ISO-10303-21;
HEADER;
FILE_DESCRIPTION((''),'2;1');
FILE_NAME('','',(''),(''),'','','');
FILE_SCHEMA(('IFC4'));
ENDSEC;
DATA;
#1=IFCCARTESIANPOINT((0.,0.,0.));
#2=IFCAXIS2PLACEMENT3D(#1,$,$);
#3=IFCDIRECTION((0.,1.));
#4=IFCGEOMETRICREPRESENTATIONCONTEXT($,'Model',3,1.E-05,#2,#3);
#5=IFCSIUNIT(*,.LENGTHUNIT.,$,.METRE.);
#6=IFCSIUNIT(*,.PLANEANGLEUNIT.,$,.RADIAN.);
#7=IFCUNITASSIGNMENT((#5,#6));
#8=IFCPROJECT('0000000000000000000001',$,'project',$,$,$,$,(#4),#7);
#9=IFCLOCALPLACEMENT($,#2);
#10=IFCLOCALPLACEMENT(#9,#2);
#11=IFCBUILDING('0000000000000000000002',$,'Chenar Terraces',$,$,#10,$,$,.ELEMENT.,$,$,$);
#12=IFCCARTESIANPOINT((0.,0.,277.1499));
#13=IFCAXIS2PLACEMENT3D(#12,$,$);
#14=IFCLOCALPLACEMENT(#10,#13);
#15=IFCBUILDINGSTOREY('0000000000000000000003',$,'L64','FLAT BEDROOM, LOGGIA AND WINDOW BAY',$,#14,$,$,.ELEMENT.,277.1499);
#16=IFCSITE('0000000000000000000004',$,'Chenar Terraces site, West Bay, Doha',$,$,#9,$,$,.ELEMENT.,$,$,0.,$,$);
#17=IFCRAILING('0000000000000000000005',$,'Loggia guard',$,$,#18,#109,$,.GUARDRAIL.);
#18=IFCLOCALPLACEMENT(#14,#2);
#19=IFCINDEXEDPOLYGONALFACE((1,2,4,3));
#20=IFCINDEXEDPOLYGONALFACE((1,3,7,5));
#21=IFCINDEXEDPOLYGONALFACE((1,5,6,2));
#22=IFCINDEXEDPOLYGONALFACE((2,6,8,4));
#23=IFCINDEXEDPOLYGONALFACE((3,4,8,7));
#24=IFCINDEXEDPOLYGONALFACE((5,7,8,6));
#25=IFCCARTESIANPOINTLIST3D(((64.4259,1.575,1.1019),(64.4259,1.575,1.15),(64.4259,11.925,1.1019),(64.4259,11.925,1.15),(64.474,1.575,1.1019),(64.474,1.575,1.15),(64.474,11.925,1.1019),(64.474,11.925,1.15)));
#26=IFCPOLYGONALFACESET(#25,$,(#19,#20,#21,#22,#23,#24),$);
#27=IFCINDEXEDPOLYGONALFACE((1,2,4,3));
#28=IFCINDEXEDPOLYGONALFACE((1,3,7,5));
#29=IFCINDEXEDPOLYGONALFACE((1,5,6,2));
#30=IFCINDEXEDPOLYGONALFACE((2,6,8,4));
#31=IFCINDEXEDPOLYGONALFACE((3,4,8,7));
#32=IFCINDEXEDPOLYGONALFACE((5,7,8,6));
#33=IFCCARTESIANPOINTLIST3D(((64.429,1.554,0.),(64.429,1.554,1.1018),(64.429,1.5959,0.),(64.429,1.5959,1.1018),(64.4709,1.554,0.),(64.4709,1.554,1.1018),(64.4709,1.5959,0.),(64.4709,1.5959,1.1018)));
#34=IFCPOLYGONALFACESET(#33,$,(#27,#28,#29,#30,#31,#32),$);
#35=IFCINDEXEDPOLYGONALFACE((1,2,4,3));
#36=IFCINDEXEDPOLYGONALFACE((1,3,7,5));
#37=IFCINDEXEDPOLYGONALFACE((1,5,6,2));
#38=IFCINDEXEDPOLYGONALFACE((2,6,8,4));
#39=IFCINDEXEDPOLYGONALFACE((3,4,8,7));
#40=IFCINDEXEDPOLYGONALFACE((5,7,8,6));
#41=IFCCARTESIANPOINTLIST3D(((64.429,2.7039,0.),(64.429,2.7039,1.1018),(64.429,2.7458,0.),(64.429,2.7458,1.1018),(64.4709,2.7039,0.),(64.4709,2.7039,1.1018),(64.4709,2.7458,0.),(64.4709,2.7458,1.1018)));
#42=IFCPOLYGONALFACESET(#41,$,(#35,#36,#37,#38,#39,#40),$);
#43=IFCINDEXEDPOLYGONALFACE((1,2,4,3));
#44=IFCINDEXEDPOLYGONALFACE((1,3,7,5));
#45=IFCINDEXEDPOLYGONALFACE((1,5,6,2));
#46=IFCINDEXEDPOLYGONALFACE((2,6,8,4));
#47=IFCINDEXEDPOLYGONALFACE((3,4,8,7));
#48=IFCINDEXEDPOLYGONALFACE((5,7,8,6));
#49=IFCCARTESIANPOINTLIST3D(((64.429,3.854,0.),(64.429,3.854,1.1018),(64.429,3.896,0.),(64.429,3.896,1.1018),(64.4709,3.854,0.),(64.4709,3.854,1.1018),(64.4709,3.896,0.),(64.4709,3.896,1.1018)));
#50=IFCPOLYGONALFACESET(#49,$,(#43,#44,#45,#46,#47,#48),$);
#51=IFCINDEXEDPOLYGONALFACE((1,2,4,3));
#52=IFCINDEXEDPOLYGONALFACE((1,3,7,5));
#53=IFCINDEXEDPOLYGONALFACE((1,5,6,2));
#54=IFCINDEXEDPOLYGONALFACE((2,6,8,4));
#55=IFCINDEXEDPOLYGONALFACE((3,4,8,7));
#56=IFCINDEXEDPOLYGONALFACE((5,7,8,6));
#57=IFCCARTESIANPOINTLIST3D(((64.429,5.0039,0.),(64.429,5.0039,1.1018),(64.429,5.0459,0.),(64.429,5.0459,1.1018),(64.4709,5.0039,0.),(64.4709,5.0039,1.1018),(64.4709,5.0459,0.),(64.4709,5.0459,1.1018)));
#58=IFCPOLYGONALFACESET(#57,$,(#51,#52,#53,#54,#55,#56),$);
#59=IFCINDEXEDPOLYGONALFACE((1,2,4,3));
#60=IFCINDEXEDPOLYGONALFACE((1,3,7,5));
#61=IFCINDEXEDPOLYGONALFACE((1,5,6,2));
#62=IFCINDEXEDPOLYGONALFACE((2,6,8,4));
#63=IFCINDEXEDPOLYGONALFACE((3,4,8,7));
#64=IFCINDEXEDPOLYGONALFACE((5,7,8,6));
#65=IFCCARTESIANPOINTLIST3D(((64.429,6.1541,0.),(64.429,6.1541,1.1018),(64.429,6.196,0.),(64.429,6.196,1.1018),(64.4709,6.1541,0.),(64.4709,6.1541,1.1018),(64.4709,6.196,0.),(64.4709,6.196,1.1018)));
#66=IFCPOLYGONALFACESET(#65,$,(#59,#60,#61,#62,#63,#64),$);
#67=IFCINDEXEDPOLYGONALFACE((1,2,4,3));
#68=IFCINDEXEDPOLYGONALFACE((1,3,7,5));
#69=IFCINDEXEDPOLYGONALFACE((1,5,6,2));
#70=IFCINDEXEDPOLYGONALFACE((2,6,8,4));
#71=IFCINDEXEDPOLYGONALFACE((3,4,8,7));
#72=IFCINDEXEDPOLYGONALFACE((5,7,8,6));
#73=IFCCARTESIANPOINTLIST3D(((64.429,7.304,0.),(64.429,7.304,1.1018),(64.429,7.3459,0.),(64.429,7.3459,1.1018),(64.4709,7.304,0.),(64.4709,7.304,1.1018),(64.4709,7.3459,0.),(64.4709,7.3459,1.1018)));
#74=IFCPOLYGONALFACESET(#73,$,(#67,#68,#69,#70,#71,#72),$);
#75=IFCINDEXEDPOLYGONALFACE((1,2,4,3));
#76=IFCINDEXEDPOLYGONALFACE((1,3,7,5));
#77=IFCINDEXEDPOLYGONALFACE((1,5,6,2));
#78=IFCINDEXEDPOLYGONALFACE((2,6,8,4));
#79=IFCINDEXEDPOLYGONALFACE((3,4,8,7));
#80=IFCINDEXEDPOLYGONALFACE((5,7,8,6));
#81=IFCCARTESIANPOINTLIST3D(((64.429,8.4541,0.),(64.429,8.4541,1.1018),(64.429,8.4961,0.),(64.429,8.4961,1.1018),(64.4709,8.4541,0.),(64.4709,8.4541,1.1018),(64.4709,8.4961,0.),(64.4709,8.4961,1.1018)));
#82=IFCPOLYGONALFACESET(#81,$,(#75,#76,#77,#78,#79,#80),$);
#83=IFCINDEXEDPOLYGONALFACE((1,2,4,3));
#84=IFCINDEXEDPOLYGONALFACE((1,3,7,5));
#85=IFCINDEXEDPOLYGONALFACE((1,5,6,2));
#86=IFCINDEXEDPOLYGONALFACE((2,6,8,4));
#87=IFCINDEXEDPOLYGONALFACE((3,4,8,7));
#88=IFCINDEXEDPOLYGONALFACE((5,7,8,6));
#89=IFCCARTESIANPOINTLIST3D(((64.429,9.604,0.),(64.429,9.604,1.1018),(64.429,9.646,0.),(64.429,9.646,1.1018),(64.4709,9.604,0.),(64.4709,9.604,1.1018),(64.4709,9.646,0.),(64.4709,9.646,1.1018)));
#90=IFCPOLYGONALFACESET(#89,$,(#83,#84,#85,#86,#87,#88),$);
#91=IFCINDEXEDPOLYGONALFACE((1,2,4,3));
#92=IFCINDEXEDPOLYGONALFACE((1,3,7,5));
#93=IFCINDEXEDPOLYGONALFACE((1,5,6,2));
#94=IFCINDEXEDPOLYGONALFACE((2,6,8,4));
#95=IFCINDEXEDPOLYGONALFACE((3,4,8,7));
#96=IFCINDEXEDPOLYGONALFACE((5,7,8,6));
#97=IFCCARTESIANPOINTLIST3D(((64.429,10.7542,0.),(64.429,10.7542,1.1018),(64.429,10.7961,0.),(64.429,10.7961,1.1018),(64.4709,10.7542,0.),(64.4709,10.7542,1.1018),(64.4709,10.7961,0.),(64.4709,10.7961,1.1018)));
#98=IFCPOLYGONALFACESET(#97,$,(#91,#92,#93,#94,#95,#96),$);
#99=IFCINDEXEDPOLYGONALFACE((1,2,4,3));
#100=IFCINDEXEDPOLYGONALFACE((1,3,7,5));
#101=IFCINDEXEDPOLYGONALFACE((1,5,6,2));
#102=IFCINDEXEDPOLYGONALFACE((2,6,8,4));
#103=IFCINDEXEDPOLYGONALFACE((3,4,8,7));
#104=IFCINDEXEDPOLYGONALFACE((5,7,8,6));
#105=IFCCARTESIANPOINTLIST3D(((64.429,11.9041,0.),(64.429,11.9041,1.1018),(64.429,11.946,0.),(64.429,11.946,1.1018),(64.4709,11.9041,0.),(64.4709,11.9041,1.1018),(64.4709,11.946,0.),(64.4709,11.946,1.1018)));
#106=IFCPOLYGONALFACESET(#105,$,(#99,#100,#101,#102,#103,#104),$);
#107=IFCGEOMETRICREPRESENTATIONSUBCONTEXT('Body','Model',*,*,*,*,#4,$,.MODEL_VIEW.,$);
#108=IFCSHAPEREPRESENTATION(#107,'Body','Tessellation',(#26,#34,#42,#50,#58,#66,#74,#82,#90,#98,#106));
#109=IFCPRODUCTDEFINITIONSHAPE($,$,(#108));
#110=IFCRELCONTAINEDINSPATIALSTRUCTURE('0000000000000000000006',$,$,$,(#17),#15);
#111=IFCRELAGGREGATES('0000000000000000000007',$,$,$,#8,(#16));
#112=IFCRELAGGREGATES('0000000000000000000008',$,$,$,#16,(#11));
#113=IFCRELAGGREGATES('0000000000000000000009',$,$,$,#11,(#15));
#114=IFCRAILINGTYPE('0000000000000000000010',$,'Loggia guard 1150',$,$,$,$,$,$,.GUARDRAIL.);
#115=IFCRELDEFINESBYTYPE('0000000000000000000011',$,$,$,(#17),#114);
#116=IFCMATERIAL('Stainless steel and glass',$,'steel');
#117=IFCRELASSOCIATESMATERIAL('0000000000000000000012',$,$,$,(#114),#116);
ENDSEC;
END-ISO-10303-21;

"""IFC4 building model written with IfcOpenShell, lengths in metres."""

from ifc_helpers import new_model, si_unit, direction, frame, origin, origin_2d, place, context, subcontext, project, spatial, rectangle, extrude, material, type_object, element, save


model = new_model("IFC4")

# Units and contexts
model_context = context("Model", 3, precision=1e-05, world=origin(), true_north=direction((0.0, 1.0)))
body_context = subcontext(model_context, "Body", "Model", "MODEL_VIEW")
ifc_project = project(units=[si_unit("LENGTHUNIT", "METRE"), si_unit("PLANEANGLEUNIT", "RADIAN")], contexts=[model_context])

# Site, building, storey
site_placement = place(None, origin())
site = spatial("IfcSite", under=ifc_project, at=site_placement, Name="Chenar Terraces site, West Bay, Doha", CompositionType="ELEMENT", RefElevation=0.0)
building_placement = place(site_placement, origin())
building = spatial("IfcBuilding", under=site, at=building_placement, Name="Chenar Terraces", CompositionType="ELEMENT")
storey_placement = place(building_placement, frame((0.0, 0.0, 277.1499)))
storey = spatial("IfcBuildingStorey", under=building, at=storey_placement, Name="L64", Description="FLAT BEDROOM, LOGGIA AND WINDOW BAY", CompositionType="ELEMENT", Elevation=277.1499)

# Railing
ifc_material_1 = material(Name="Stainless steel and glass", Category="steel")
railing_type = type_object("IfcRailingType", Name="Loggia guard 1150", PredefinedType="GUARDRAIL", material=ifc_material_1)
railing_placement = place(storey_placement, frame((64.45, 1.575, 0.0)))
element("IfcRailing", 1, at=railing_placement, inside=storey, type_object=railing_type, Name="Loggia guard", PredefinedType="GUARDRAIL", context=body_context, shape_type="SweptSolid", body=[
    extrude(rectangle(XDim=0.0481, YDim=0.0481, at=origin_2d()), frame((0.0, 0.0, 1.126), z_axis=(0.0, 1.0, 0.0), x_axis=(-1.0, 0.0, 0.0)), (0.0, 0.0, 1.0), 10.3501),
    extrude(rectangle(XDim=0.042, YDim=0.042, at=origin_2d()), origin(), (0.0, 0.0, 1.0), 1.1018),
    extrude(rectangle(XDim=0.042, YDim=0.042, at=origin_2d()), frame((0.0, 1.1499, 0.0)), (0.0, 0.0, 1.0), 1.1018),
    extrude(rectangle(XDim=0.042, YDim=0.042, at=origin_2d()), frame((0.0, 2.3, 0.0)), (0.0, 0.0, 1.0), 1.1018),
    extrude(rectangle(XDim=0.042, YDim=0.042, at=origin_2d()), frame((0.0, 3.45, 0.0)), (0.0, 0.0, 1.0), 1.1018),
    extrude(rectangle(XDim=0.042, YDim=0.042, at=origin_2d()), frame((0.0, 4.6001, 0.0)), (0.0, 0.0, 1.0), 1.1018),
    extrude(rectangle(XDim=0.042, YDim=0.042, at=origin_2d()), frame((0.0, 5.75, 0.0)), (0.0, 0.0, 1.0), 1.1018),
    extrude(rectangle(XDim=0.042, YDim=0.042, at=origin_2d()), frame((0.0, 6.9001, 0.0)), (0.0, 0.0, 1.0), 1.1018),
    extrude(rectangle(XDim=0.042, YDim=0.042, at=origin_2d()), frame((0.0, 8.05, 0.0)), (0.0, 0.0, 1.0), 1.1018),
    extrude(rectangle(XDim=0.042, YDim=0.042, at=origin_2d()), frame((0.0, 9.2002, 0.0)), (0.0, 0.0, 1.0), 1.1018),
    extrude(rectangle(XDim=0.042, YDim=0.042, at=origin_2d()), frame((0.0, 10.3501, 0.0)), (0.0, 0.0, 1.0), 1.1018),
])

save(model, "model.ifc")
